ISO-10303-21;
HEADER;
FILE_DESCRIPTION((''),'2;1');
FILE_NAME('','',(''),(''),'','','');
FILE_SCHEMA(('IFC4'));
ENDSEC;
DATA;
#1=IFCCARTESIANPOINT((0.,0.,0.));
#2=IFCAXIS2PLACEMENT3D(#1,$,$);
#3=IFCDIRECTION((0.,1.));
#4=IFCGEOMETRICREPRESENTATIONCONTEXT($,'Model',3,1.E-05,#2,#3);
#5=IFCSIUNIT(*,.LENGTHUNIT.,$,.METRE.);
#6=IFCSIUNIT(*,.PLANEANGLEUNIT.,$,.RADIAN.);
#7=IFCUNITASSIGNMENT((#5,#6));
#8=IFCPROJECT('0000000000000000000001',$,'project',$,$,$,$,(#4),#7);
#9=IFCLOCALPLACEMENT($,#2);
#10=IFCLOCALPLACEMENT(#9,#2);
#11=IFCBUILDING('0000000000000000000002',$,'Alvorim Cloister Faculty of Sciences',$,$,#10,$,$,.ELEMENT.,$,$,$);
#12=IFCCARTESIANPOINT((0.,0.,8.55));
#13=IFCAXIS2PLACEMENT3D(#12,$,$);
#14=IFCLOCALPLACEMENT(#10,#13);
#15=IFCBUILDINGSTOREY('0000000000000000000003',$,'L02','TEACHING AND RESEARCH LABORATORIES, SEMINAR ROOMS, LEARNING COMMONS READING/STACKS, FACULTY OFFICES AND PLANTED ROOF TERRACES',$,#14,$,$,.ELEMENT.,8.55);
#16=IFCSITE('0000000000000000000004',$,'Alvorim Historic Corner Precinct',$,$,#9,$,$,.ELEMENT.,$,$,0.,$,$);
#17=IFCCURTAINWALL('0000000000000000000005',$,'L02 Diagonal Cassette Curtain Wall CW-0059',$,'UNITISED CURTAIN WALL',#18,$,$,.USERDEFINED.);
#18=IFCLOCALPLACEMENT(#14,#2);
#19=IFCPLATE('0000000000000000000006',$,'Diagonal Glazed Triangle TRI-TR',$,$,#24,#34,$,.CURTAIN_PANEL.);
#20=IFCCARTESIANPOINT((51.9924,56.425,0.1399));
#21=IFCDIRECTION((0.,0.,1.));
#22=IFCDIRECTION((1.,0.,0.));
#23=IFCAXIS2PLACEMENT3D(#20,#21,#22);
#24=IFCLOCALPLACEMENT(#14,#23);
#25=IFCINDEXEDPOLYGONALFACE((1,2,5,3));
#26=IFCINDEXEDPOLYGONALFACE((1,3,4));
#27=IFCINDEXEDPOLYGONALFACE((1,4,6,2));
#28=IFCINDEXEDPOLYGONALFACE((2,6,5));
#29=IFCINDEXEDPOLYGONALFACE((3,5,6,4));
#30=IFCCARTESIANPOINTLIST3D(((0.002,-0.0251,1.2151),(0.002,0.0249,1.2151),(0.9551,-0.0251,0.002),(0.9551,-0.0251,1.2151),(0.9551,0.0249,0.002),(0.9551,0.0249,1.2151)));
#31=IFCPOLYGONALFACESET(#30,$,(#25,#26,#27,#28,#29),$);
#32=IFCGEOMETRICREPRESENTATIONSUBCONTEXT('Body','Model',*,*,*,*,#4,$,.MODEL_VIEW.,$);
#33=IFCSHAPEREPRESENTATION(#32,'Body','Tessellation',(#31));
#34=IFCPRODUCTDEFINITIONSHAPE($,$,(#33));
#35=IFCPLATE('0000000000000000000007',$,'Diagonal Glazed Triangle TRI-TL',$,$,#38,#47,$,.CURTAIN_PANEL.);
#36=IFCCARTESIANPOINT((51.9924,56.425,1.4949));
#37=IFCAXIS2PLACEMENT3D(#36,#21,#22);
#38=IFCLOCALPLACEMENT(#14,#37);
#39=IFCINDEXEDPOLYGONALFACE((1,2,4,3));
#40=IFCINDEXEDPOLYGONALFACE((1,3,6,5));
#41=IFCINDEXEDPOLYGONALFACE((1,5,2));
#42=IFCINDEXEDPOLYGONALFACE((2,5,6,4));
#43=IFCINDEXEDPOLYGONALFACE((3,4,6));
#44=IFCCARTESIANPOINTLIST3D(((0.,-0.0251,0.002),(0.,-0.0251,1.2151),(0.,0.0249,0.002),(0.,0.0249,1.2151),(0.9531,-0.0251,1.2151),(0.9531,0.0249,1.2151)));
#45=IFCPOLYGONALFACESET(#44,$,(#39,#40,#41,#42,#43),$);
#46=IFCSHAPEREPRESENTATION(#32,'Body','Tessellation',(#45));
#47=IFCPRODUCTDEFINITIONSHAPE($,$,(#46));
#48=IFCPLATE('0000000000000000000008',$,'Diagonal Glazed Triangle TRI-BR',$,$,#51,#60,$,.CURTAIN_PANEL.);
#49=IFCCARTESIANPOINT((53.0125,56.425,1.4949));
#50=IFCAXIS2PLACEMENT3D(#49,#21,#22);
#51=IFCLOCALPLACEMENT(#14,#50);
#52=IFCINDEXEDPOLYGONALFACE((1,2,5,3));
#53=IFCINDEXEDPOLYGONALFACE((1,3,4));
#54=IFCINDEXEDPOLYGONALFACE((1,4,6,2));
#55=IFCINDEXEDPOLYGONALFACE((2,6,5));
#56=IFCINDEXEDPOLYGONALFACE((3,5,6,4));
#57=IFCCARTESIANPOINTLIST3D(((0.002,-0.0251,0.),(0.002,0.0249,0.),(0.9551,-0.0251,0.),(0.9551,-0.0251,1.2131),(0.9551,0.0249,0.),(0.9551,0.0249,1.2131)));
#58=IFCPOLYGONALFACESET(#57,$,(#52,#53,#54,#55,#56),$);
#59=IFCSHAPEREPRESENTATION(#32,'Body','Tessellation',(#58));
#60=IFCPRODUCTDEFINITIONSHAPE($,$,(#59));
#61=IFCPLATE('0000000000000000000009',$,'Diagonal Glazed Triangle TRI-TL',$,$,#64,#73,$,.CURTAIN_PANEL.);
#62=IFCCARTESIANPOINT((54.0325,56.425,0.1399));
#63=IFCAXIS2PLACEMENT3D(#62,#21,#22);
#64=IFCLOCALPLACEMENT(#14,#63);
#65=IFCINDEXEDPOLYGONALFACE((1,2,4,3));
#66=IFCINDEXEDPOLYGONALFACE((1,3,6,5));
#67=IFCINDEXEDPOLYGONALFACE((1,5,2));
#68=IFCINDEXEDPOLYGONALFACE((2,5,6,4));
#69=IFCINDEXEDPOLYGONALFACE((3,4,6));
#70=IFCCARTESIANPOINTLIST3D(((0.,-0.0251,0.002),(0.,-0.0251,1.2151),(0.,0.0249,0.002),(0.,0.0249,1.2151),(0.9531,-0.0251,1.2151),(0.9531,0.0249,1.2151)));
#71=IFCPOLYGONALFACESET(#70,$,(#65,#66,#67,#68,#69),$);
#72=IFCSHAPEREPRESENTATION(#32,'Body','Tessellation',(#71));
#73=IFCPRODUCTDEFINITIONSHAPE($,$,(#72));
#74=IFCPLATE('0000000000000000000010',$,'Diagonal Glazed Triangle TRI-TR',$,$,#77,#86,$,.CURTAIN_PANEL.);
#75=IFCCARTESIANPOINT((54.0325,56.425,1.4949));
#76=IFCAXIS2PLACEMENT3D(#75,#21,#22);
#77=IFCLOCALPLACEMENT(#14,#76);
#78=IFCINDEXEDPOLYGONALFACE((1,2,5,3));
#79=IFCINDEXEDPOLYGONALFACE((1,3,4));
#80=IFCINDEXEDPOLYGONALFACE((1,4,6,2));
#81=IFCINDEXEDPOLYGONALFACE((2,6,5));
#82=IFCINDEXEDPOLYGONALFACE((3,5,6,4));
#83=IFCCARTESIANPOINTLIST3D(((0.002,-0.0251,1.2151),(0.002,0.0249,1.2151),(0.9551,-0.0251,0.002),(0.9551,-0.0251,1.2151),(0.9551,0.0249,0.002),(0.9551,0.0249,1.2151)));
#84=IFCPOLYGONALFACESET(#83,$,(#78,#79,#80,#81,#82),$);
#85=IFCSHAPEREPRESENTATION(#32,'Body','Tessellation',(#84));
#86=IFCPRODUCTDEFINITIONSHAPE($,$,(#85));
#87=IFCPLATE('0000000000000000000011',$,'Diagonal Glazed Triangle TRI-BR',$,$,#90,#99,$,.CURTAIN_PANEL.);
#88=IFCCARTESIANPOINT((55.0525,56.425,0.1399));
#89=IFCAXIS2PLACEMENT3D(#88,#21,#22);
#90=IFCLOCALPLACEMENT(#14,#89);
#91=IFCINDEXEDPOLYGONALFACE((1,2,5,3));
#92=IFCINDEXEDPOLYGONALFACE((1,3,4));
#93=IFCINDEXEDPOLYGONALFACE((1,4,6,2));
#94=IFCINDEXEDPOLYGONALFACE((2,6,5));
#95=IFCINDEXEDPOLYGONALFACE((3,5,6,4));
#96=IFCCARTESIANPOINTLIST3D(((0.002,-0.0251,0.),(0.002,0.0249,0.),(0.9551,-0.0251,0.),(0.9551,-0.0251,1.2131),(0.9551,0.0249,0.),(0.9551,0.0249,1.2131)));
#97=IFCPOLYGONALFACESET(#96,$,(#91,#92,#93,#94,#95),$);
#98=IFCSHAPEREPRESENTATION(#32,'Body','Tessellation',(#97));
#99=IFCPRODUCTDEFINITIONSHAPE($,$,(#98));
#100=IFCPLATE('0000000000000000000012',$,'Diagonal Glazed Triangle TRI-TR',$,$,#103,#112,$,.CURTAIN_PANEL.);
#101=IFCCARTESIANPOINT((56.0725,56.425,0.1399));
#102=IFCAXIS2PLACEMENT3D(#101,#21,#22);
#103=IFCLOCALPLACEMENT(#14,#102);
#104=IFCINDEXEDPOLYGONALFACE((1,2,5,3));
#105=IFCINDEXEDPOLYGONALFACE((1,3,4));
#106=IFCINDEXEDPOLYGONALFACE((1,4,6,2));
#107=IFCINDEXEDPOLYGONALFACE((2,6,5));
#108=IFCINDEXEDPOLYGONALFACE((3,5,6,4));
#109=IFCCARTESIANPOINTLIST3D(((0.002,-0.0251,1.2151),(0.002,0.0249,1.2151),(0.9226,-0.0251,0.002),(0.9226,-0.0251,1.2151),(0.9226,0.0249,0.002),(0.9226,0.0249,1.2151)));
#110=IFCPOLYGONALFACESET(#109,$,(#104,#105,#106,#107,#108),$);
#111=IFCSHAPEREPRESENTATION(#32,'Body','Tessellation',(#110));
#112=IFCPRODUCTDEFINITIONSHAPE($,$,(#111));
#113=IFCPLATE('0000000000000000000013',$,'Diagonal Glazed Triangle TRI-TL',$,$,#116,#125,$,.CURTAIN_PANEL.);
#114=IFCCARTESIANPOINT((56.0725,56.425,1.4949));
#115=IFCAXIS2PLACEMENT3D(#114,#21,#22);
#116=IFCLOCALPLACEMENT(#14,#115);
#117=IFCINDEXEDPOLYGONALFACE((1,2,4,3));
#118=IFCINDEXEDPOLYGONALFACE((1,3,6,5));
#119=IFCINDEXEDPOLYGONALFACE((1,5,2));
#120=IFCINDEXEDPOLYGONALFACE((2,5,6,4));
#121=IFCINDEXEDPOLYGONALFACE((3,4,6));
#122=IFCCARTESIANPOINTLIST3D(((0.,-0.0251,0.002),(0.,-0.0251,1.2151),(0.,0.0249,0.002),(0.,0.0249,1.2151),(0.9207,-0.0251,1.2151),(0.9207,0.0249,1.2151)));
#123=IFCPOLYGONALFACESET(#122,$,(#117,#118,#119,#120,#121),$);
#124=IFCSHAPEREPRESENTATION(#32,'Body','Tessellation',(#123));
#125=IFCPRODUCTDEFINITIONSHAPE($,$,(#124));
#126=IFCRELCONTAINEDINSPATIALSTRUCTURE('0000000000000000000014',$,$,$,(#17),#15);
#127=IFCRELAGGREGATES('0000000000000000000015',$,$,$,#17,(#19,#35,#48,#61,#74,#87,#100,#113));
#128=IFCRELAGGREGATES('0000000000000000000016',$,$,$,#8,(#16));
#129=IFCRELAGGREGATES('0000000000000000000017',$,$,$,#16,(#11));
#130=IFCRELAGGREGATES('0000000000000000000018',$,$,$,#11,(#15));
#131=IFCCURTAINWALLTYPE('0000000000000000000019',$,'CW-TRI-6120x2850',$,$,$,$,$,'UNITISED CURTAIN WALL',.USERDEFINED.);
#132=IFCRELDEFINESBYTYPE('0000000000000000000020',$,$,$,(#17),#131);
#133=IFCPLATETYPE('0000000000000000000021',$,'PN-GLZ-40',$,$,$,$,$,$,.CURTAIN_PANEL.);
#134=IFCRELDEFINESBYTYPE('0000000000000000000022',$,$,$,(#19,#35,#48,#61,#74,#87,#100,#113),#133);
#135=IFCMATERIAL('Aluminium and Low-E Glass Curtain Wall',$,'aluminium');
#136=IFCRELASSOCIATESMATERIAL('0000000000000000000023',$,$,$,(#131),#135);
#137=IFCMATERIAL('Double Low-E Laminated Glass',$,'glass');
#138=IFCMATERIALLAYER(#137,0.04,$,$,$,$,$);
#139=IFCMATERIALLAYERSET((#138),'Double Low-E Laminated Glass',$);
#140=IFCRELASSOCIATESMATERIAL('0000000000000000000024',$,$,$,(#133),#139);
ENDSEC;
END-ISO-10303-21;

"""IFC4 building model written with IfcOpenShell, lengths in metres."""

from ifc_helpers import new_model, si_unit, direction, frame, origin, place, context, subcontext, project, spatial, polyline, outline, extrude, material, layer, layer_set, type_object, element, aggregate, save


model = new_model("IFC4")

# Units and contexts
model_context = context("Model", 3, precision=1e-05, world=origin(), true_north=direction((0.0, 1.0)))
body_context = subcontext(model_context, "Body", "Model", "MODEL_VIEW")
ifc_project = project(units=[si_unit("LENGTHUNIT", "METRE"), si_unit("PLANEANGLEUNIT", "RADIAN")], contexts=[model_context])

# Site, building, storey
site_placement = place(None, origin())
site = spatial("IfcSite", under=ifc_project, at=site_placement, Name="Alvorim Historic Corner Precinct", CompositionType="ELEMENT", RefElevation=0.0)
building_placement = place(site_placement, origin())
building = spatial("IfcBuilding", under=site, at=building_placement, Name="Alvorim Cloister Faculty of Sciences", CompositionType="ELEMENT")
storey_placement = place(building_placement, frame((0.0, 0.0, 8.55)))
storey = spatial("IfcBuildingStorey", under=building, at=storey_placement, Name="L02", Description="TEACHING AND RESEARCH LABORATORIES, SEMINAR ROOMS, LEARNING COMMONS READING/STACKS, FACULTY OFFICES AND PLANTED ROOF TERRACES", CompositionType="ELEMENT", Elevation=8.55)

# Curtain wall, plates
ifc_material_1 = material(Name="Aluminium and Low-E Glass Curtain Wall", Category="aluminium")
curtain_wall_type = type_object("IfcCurtainWallType", Name="CW-TRI-6120x2850", ElementType="UNITISED CURTAIN WALL", PredefinedType="USERDEFINED", material=ifc_material_1)
curtain_wall_placement = place(storey_placement, origin())
curtain_wall = element("IfcCurtainWall", 1, at=curtain_wall_placement, inside=storey, type_object=curtain_wall_type, Name="L02 Diagonal Cassette Curtain Wall CW-0059", ObjectType="UNITISED CURTAIN WALL", PredefinedType="USERDEFINED")
ifc_material_2 = material(Name="Double Low-E Laminated Glass", Category="glass")
ifc_layer_1 = layer(ifc_material_2, 0.04)
ifc_layer_set_1 = layer_set([ifc_layer_1], Name="Double Low-E Laminated Glass")
plate_type = type_object("IfcPlateType", Name="PN-GLZ-40", PredefinedType="CURTAIN_PANEL", material=ifc_layer_set_1)
plate_1_placement = place(storey_placement, frame((51.9924, 56.425, 0.1399), z_axis=(0.0, 0.0, 1.0), x_axis=(1.0, 0.0, 0.0)))
plate_1 = element("IfcPlate", 2, at=plate_1_placement, type_object=plate_type, Name="Diagonal Glazed Triangle TRI-TR", PredefinedType="CURTAIN_PANEL", context=body_context, shape_type="SweptSolid", body=[
    extrude(outline(polyline([(0.9551, 0.002), (0.9551, 1.2151), (0.002, 1.2151), (0.9551, 0.002)])), frame((0.0, 0.0249, 0.0), z_axis=(0.0, -1.0, 0.0), x_axis=(1.0, 0.0, 0.0)), (0.0, 0.0, 1.0), 0.05),
])
plate_2_placement = place(storey_placement, frame((51.9924, 56.425, 1.4949), z_axis=(0.0, 0.0, 1.0), x_axis=(1.0, 0.0, 0.0)))
plate_2 = element("IfcPlate", 3, at=plate_2_placement, type_object=plate_type, Name="Diagonal Glazed Triangle TRI-TL", PredefinedType="CURTAIN_PANEL", context=body_context, shape_type="SweptSolid", body=[
    extrude(outline(polyline([(0.9531, 1.2151), (0.0, 1.2151), (0.0, 0.002), (0.9531, 1.2151)])), frame((0.0, 0.0249, 0.0), z_axis=(0.0, -1.0, 0.0), x_axis=(1.0, 0.0, 0.0)), (0.0, 0.0, 1.0), 0.05),
])
plate_3_placement = place(storey_placement, frame((53.0125, 56.425, 1.4949), z_axis=(0.0, 0.0, 1.0), x_axis=(1.0, 0.0, 0.0)))
plate_3 = element("IfcPlate", 4, at=plate_3_placement, type_object=plate_type, Name="Diagonal Glazed Triangle TRI-BR", PredefinedType="CURTAIN_PANEL", context=body_context, shape_type="SweptSolid", body=[
    extrude(outline(polyline([(0.002, 0.0), (0.9551, 0.0), (0.9551, 1.2131), (0.002, 0.0)])), frame((0.0, 0.0249, 0.0), z_axis=(0.0, -1.0, 0.0), x_axis=(1.0, 0.0, 0.0)), (0.0, 0.0, 1.0), 0.05),
])
plate_4_placement = place(storey_placement, frame((54.0325, 56.425, 0.1399), z_axis=(0.0, 0.0, 1.0), x_axis=(1.0, 0.0, 0.0)))
plate_4 = element("IfcPlate", 5, at=plate_4_placement, type_object=plate_type, Name="Diagonal Glazed Triangle TRI-TL", PredefinedType="CURTAIN_PANEL", context=body_context, shape_type="SweptSolid", body=[
    extrude(outline(polyline([(0.9531, 1.2151), (0.0, 1.2151), (0.0, 0.002), (0.9531, 1.2151)])), frame((0.0, 0.0249, 0.0), z_axis=(0.0, -1.0, 0.0), x_axis=(1.0, 0.0, 0.0)), (0.0, 0.0, 1.0), 0.05),
])
plate_5_placement = place(storey_placement, frame((54.0325, 56.425, 1.4949), z_axis=(0.0, 0.0, 1.0), x_axis=(1.0, 0.0, 0.0)))
plate_5 = element("IfcPlate", 6, at=plate_5_placement, type_object=plate_type, Name="Diagonal Glazed Triangle TRI-TR", PredefinedType="CURTAIN_PANEL", context=body_context, shape_type="SweptSolid", body=[
    extrude(outline(polyline([(0.9551, 0.002), (0.9551, 1.2151), (0.002, 1.2151), (0.9551, 0.002)])), frame((0.0, 0.0249, 0.0), z_axis=(0.0, -1.0, 0.0), x_axis=(1.0, 0.0, 0.0)), (0.0, 0.0, 1.0), 0.05),
])
plate_6_placement = place(storey_placement, frame((55.0525, 56.425, 0.1399), z_axis=(0.0, 0.0, 1.0), x_axis=(1.0, 0.0, 0.0)))
plate_6 = element("IfcPlate", 7, at=plate_6_placement, type_object=plate_type, Name="Diagonal Glazed Triangle TRI-BR", PredefinedType="CURTAIN_PANEL", context=body_context, shape_type="SweptSolid", body=[
    extrude(outline(polyline([(0.002, 0.0), (0.9551, 0.0), (0.9551, 1.2131), (0.002, 0.0)])), frame((0.0, 0.0249, 0.0), z_axis=(0.0, -1.0, 0.0), x_axis=(1.0, 0.0, 0.0)), (0.0, 0.0, 1.0), 0.05),
])
plate_7_placement = place(storey_placement, frame((56.0725, 56.425, 0.1399), z_axis=(0.0, 0.0, 1.0), x_axis=(1.0, 0.0, 0.0)))
plate_7 = element("IfcPlate", 8, at=plate_7_placement, type_object=plate_type, Name="Diagonal Glazed Triangle TRI-TR", PredefinedType="CURTAIN_PANEL", context=body_context, shape_type="SweptSolid", body=[
    extrude(outline(polyline([(0.9226, 0.002), (0.9226, 1.2151), (0.002, 1.2151), (0.9226, 0.002)])), frame((0.0, 0.0249, 0.0), z_axis=(0.0, -1.0, 0.0), x_axis=(1.0, 0.0, 0.0)), (0.0, 0.0, 1.0), 0.05),
])
plate_8_placement = place(storey_placement, frame((56.0725, 56.425, 1.4949), z_axis=(0.0, 0.0, 1.0), x_axis=(1.0, 0.0, 0.0)))
plate_8 = element("IfcPlate", 9, at=plate_8_placement, type_object=plate_type, Name="Diagonal Glazed Triangle TRI-TL", PredefinedType="CURTAIN_PANEL", context=body_context, shape_type="SweptSolid", body=[
    extrude(outline(polyline([(0.9207, 1.2151), (0.0, 1.2151), (0.0, 0.002), (0.9207, 1.2151)])), frame((0.0, 0.0249, 0.0), z_axis=(0.0, -1.0, 0.0), x_axis=(1.0, 0.0, 0.0)), (0.0, 0.0, 1.0), 0.05),
])
aggregate(curtain_wall, [plate_1, plate_2, plate_3, plate_4, plate_5, plate_6, plate_7, plate_8])

save(model, "model.ifc")
